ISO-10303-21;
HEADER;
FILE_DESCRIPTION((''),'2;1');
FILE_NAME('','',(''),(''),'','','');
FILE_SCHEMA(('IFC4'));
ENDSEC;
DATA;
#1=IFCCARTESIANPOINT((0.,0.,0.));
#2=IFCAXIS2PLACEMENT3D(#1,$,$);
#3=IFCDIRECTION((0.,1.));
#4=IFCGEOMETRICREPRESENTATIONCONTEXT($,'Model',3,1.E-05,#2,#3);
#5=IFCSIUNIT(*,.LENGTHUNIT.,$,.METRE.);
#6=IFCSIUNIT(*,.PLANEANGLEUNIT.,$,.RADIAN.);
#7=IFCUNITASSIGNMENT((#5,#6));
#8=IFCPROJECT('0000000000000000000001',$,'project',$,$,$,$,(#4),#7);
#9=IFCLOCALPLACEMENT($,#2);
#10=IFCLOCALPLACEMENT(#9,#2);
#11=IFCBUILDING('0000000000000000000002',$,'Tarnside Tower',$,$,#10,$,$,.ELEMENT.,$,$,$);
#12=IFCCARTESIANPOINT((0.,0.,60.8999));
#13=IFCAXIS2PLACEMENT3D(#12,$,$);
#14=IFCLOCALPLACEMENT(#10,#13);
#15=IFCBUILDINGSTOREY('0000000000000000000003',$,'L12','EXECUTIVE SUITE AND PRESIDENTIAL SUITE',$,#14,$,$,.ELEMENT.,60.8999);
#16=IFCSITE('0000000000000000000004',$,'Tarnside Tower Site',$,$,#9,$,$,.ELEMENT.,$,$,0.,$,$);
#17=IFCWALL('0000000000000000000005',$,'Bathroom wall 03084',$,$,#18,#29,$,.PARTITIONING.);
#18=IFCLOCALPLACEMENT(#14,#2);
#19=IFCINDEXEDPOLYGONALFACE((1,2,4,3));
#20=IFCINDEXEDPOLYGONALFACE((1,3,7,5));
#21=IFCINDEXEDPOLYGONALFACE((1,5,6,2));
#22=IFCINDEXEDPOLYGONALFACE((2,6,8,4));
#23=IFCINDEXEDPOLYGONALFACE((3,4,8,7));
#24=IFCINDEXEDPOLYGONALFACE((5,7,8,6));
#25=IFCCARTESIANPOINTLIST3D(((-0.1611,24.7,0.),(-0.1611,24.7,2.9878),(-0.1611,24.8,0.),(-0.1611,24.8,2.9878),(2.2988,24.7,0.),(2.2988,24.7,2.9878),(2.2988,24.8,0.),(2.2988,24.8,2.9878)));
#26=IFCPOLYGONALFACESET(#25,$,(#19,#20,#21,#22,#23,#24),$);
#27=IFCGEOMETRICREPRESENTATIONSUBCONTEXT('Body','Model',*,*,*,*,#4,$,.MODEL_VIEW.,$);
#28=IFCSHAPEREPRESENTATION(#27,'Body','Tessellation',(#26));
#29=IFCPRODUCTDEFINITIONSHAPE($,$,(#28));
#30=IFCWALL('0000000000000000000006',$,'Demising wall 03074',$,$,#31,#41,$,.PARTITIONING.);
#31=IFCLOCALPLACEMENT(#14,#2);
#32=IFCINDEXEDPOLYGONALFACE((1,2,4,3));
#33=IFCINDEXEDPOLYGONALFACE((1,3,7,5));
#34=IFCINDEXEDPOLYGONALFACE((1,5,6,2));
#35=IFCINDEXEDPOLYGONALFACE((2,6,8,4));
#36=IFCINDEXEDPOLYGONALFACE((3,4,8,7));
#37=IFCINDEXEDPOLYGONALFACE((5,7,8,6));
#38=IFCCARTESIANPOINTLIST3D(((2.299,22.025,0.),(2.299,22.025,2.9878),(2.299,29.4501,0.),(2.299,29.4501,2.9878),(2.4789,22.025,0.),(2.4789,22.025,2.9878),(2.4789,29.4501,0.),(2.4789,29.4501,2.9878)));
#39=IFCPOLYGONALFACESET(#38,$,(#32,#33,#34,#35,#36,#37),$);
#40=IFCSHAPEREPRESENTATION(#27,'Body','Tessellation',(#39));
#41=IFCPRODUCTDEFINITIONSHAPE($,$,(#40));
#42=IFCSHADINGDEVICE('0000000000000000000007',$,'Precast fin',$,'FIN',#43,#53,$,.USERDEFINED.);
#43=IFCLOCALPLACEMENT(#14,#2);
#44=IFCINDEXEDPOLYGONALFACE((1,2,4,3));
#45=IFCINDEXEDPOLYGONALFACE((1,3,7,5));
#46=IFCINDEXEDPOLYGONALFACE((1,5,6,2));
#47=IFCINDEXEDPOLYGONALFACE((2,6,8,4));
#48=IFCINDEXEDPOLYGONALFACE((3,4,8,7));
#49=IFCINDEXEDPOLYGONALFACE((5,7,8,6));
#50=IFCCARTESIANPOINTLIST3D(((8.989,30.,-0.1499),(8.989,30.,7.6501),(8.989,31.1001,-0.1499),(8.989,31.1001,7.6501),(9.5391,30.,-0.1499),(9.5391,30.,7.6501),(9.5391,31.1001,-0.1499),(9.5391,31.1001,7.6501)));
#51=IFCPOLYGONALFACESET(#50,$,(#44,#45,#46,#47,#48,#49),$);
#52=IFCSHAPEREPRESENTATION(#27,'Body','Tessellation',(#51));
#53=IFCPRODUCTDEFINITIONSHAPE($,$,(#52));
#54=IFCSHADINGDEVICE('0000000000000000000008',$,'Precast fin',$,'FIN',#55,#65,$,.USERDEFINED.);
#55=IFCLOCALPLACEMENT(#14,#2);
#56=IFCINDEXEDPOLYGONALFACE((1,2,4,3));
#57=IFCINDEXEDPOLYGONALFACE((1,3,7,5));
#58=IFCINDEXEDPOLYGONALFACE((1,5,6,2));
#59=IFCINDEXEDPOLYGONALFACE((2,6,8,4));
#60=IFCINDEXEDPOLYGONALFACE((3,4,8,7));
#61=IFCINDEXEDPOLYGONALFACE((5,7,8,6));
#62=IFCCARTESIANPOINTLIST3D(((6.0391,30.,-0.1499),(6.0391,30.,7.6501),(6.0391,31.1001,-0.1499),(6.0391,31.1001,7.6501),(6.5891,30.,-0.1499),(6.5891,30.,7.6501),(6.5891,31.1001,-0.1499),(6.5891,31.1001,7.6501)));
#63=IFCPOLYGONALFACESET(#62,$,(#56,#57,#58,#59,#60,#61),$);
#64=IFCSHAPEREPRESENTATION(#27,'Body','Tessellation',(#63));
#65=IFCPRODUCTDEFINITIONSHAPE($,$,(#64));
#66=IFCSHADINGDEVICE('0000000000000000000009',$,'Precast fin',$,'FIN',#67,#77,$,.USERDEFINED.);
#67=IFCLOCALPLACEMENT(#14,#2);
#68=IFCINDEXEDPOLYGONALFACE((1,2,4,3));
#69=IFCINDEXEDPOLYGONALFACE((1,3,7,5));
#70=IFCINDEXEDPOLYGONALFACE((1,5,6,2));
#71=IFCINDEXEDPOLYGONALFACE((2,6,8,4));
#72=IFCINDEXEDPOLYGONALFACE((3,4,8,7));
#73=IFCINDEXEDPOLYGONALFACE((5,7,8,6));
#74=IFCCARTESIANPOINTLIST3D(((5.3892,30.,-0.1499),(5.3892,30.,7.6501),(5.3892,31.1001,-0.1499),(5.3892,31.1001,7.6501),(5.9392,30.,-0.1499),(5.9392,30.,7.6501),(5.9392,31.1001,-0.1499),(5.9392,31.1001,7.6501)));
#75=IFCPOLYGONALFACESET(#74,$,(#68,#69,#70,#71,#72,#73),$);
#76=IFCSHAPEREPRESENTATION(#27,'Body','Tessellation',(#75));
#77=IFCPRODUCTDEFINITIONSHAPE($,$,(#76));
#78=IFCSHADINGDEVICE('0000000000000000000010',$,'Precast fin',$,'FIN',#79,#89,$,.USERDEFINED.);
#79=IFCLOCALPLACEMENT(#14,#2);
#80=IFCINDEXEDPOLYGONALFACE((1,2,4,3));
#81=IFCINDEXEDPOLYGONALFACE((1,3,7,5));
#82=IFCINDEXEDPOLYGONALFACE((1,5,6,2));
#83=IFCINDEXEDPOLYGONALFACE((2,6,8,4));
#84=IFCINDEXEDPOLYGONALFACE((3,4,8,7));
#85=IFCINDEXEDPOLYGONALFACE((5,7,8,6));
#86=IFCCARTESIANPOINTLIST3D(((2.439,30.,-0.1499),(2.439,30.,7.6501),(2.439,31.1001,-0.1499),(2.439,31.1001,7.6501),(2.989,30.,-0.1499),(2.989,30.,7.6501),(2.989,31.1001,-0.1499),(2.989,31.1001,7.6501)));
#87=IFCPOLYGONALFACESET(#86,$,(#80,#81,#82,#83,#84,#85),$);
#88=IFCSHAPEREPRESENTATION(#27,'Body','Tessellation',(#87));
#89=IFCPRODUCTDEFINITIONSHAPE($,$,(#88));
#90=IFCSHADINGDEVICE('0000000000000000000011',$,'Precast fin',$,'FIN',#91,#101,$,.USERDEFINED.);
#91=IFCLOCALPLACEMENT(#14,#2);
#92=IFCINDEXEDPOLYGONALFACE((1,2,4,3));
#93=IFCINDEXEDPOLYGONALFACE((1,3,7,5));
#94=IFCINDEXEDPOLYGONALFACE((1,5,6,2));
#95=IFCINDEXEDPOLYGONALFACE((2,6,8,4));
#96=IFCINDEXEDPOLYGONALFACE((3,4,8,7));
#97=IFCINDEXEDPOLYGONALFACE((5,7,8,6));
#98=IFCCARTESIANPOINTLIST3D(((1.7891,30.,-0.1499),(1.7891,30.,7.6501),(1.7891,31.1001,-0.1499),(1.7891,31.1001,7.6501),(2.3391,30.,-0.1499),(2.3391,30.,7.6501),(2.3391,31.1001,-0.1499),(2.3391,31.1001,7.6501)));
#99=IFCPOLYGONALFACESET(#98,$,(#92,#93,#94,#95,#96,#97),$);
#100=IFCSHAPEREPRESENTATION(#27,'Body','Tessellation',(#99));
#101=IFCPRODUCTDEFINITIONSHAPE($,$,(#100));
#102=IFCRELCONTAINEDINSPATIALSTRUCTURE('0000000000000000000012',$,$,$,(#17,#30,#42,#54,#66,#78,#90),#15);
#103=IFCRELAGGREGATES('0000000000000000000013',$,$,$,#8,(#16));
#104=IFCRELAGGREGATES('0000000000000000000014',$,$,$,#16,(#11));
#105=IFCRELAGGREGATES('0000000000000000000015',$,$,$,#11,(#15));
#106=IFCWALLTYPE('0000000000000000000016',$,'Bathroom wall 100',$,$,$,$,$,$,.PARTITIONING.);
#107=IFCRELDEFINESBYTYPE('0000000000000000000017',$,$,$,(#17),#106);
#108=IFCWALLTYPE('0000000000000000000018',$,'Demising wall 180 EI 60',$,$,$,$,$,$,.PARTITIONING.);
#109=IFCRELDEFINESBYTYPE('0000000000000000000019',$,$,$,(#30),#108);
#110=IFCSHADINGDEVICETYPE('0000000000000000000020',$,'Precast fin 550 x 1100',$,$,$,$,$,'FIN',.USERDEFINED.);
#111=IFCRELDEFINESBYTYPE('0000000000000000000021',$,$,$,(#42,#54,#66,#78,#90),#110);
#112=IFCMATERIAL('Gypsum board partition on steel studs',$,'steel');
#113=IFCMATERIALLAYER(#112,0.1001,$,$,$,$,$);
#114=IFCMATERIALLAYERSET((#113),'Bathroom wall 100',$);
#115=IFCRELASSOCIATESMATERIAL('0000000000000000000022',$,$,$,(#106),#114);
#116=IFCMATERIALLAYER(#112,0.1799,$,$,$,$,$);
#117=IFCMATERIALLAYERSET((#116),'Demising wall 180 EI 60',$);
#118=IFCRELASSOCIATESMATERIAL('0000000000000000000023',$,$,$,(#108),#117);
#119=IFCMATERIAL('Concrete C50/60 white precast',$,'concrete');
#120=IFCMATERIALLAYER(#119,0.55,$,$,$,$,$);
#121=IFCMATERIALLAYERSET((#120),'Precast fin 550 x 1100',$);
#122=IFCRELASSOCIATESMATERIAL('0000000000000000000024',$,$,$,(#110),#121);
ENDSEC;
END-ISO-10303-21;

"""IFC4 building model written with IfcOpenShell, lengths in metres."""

from ifc_helpers import new_model, si_unit, direction, frame, frame_2d, origin, place, context, subcontext, project, spatial, polyline, rectangle, outline, extrude, material, layer, layer_set, type_object, element, save


model = new_model("IFC4")

# Units and contexts
model_context = context("Model", 3, precision=1e-05, world=origin(), true_north=direction((0.0, 1.0)))
body_context = subcontext(model_context, "Body", "Model", "MODEL_VIEW")
ifc_project = project(units=[si_unit("LENGTHUNIT", "METRE"), si_unit("PLANEANGLEUNIT", "RADIAN")], contexts=[model_context])

# Site, building, storey
site_placement = place(None, origin())
site = spatial("IfcSite", under=ifc_project, at=site_placement, Name="Tarnside Tower Site", CompositionType="ELEMENT", RefElevation=0.0)
building_placement = place(site_placement, origin())
building = spatial("IfcBuilding", under=site, at=building_placement, Name="Tarnside Tower", CompositionType="ELEMENT")
storey_placement = place(building_placement, frame((0.0, 0.0, 60.8999)))
storey = spatial("IfcBuildingStorey", under=building, at=storey_placement, Name="L12", Description="EXECUTIVE SUITE AND PRESIDENTIAL SUITE", CompositionType="ELEMENT", Elevation=60.8999)

# Shared definitions
ifc_material_1 = material(Name="Gypsum board partition on steel studs", Category="steel")
ifc_layer_1 = layer(ifc_material_1, 0.1001)
ifc_layer_set_1 = layer_set([ifc_layer_1], Name="Bathroom wall 100")
wall_type_1 = type_object("IfcWallType", Name="Bathroom wall 100", PredefinedType="PARTITIONING", material=ifc_layer_set_1)

# Walls
wall_1_placement = place(storey_placement, frame((2.2988, 24.75, 0.0), z_axis=(0.0, 0.0, 1.0), x_axis=(-1.0, 0.0, 0.0)))
element("IfcWall", 1, at=wall_1_placement, inside=storey, type_object=wall_type_1, Name="Bathroom wall 03084", PredefinedType="PARTITIONING", context=body_context, shape_type="SweptSolid", body=[
    extrude(rectangle(XDim=2.46, YDim=0.1001, at=frame_2d((1.23, 0.0))), origin(), (0.0, 0.0, 1.0), 2.9878),
])
ifc_layer_2 = layer(ifc_material_1, 0.1799)
ifc_layer_set_2 = layer_set([ifc_layer_2], Name="Demising wall 180 EI 60")
wall_type_2 = type_object("IfcWallType", Name="Demising wall 180 EI 60", PredefinedType="PARTITIONING", material=ifc_layer_set_2)
wall_2_placement = place(storey_placement, frame((2.3889, 29.45, 0.0), z_axis=(0.0, 0.0, 1.0), x_axis=(0.0, -1.0, 0.0)))
element("IfcWall", 2, at=wall_2_placement, inside=storey, type_object=wall_type_2, Name="Demising wall 03074", PredefinedType="PARTITIONING", context=body_context, shape_type="SweptSolid", body=[
    extrude(rectangle(XDim=7.425, YDim=0.1799, at=frame_2d((3.7124, 0.0))), origin(), (0.0, 0.0, 1.0), 2.9878),
])

# Shading devices
ifc_material_2 = material(Name="Concrete C50/60 white precast", Category="concrete")
ifc_layer_3 = layer(ifc_material_2, 0.55)
ifc_layer_set_3 = layer_set([ifc_layer_3], Name="Precast fin 550 x 1100")
shading_device_type = type_object("IfcShadingDeviceType", Name="Precast fin 550 x 1100", ElementType="FIN", PredefinedType="USERDEFINED", material=ifc_layer_set_3)
for number, where, z_axis, x_axis, name in (
    (3, (9.2639, 30.0, -0.1499), (1.0, 0.0, 0.0), (0.0, 1.0, 0.0), "Precast fin"),
    (4, (6.314, 30.0, -0.1499), (1.0, 0.0, 0.0), (0.0, 1.0, 0.0), "Precast fin"),
    (5, (5.6641, 30.0, -0.1499), (1.0, 0.0, 0.0), (0.0, 1.0, 0.0), "Precast fin"),
    (6, (2.7139, 30.0, -0.1499), (1.0, 0.0, 0.0), (0.0, 1.0, 0.0), "Precast fin"),
    (7, (2.064, 30.0, -0.1499), (1.0, 0.0, 0.0), (0.0, 1.0, 0.0), "Precast fin"),
):
    element("IfcShadingDevice", number, at=place(storey_placement, frame(where, z_axis=z_axis, x_axis=x_axis)), inside=storey, type_object=shading_device_type, Name=name, ObjectType="FIN", PredefinedType="USERDEFINED", context=body_context, shape_type="SweptSolid", body=[
        extrude(outline(polyline([(0.0, 0.0), (1.1001, 0.0), (1.1001, 7.8), (0.0, 7.8), (0.0, 0.0)])), frame((0.0, 0.0, -0.2749)), (0.0, 0.0, 1.0), 0.55),
    ])

save(model, "model.ifc")
